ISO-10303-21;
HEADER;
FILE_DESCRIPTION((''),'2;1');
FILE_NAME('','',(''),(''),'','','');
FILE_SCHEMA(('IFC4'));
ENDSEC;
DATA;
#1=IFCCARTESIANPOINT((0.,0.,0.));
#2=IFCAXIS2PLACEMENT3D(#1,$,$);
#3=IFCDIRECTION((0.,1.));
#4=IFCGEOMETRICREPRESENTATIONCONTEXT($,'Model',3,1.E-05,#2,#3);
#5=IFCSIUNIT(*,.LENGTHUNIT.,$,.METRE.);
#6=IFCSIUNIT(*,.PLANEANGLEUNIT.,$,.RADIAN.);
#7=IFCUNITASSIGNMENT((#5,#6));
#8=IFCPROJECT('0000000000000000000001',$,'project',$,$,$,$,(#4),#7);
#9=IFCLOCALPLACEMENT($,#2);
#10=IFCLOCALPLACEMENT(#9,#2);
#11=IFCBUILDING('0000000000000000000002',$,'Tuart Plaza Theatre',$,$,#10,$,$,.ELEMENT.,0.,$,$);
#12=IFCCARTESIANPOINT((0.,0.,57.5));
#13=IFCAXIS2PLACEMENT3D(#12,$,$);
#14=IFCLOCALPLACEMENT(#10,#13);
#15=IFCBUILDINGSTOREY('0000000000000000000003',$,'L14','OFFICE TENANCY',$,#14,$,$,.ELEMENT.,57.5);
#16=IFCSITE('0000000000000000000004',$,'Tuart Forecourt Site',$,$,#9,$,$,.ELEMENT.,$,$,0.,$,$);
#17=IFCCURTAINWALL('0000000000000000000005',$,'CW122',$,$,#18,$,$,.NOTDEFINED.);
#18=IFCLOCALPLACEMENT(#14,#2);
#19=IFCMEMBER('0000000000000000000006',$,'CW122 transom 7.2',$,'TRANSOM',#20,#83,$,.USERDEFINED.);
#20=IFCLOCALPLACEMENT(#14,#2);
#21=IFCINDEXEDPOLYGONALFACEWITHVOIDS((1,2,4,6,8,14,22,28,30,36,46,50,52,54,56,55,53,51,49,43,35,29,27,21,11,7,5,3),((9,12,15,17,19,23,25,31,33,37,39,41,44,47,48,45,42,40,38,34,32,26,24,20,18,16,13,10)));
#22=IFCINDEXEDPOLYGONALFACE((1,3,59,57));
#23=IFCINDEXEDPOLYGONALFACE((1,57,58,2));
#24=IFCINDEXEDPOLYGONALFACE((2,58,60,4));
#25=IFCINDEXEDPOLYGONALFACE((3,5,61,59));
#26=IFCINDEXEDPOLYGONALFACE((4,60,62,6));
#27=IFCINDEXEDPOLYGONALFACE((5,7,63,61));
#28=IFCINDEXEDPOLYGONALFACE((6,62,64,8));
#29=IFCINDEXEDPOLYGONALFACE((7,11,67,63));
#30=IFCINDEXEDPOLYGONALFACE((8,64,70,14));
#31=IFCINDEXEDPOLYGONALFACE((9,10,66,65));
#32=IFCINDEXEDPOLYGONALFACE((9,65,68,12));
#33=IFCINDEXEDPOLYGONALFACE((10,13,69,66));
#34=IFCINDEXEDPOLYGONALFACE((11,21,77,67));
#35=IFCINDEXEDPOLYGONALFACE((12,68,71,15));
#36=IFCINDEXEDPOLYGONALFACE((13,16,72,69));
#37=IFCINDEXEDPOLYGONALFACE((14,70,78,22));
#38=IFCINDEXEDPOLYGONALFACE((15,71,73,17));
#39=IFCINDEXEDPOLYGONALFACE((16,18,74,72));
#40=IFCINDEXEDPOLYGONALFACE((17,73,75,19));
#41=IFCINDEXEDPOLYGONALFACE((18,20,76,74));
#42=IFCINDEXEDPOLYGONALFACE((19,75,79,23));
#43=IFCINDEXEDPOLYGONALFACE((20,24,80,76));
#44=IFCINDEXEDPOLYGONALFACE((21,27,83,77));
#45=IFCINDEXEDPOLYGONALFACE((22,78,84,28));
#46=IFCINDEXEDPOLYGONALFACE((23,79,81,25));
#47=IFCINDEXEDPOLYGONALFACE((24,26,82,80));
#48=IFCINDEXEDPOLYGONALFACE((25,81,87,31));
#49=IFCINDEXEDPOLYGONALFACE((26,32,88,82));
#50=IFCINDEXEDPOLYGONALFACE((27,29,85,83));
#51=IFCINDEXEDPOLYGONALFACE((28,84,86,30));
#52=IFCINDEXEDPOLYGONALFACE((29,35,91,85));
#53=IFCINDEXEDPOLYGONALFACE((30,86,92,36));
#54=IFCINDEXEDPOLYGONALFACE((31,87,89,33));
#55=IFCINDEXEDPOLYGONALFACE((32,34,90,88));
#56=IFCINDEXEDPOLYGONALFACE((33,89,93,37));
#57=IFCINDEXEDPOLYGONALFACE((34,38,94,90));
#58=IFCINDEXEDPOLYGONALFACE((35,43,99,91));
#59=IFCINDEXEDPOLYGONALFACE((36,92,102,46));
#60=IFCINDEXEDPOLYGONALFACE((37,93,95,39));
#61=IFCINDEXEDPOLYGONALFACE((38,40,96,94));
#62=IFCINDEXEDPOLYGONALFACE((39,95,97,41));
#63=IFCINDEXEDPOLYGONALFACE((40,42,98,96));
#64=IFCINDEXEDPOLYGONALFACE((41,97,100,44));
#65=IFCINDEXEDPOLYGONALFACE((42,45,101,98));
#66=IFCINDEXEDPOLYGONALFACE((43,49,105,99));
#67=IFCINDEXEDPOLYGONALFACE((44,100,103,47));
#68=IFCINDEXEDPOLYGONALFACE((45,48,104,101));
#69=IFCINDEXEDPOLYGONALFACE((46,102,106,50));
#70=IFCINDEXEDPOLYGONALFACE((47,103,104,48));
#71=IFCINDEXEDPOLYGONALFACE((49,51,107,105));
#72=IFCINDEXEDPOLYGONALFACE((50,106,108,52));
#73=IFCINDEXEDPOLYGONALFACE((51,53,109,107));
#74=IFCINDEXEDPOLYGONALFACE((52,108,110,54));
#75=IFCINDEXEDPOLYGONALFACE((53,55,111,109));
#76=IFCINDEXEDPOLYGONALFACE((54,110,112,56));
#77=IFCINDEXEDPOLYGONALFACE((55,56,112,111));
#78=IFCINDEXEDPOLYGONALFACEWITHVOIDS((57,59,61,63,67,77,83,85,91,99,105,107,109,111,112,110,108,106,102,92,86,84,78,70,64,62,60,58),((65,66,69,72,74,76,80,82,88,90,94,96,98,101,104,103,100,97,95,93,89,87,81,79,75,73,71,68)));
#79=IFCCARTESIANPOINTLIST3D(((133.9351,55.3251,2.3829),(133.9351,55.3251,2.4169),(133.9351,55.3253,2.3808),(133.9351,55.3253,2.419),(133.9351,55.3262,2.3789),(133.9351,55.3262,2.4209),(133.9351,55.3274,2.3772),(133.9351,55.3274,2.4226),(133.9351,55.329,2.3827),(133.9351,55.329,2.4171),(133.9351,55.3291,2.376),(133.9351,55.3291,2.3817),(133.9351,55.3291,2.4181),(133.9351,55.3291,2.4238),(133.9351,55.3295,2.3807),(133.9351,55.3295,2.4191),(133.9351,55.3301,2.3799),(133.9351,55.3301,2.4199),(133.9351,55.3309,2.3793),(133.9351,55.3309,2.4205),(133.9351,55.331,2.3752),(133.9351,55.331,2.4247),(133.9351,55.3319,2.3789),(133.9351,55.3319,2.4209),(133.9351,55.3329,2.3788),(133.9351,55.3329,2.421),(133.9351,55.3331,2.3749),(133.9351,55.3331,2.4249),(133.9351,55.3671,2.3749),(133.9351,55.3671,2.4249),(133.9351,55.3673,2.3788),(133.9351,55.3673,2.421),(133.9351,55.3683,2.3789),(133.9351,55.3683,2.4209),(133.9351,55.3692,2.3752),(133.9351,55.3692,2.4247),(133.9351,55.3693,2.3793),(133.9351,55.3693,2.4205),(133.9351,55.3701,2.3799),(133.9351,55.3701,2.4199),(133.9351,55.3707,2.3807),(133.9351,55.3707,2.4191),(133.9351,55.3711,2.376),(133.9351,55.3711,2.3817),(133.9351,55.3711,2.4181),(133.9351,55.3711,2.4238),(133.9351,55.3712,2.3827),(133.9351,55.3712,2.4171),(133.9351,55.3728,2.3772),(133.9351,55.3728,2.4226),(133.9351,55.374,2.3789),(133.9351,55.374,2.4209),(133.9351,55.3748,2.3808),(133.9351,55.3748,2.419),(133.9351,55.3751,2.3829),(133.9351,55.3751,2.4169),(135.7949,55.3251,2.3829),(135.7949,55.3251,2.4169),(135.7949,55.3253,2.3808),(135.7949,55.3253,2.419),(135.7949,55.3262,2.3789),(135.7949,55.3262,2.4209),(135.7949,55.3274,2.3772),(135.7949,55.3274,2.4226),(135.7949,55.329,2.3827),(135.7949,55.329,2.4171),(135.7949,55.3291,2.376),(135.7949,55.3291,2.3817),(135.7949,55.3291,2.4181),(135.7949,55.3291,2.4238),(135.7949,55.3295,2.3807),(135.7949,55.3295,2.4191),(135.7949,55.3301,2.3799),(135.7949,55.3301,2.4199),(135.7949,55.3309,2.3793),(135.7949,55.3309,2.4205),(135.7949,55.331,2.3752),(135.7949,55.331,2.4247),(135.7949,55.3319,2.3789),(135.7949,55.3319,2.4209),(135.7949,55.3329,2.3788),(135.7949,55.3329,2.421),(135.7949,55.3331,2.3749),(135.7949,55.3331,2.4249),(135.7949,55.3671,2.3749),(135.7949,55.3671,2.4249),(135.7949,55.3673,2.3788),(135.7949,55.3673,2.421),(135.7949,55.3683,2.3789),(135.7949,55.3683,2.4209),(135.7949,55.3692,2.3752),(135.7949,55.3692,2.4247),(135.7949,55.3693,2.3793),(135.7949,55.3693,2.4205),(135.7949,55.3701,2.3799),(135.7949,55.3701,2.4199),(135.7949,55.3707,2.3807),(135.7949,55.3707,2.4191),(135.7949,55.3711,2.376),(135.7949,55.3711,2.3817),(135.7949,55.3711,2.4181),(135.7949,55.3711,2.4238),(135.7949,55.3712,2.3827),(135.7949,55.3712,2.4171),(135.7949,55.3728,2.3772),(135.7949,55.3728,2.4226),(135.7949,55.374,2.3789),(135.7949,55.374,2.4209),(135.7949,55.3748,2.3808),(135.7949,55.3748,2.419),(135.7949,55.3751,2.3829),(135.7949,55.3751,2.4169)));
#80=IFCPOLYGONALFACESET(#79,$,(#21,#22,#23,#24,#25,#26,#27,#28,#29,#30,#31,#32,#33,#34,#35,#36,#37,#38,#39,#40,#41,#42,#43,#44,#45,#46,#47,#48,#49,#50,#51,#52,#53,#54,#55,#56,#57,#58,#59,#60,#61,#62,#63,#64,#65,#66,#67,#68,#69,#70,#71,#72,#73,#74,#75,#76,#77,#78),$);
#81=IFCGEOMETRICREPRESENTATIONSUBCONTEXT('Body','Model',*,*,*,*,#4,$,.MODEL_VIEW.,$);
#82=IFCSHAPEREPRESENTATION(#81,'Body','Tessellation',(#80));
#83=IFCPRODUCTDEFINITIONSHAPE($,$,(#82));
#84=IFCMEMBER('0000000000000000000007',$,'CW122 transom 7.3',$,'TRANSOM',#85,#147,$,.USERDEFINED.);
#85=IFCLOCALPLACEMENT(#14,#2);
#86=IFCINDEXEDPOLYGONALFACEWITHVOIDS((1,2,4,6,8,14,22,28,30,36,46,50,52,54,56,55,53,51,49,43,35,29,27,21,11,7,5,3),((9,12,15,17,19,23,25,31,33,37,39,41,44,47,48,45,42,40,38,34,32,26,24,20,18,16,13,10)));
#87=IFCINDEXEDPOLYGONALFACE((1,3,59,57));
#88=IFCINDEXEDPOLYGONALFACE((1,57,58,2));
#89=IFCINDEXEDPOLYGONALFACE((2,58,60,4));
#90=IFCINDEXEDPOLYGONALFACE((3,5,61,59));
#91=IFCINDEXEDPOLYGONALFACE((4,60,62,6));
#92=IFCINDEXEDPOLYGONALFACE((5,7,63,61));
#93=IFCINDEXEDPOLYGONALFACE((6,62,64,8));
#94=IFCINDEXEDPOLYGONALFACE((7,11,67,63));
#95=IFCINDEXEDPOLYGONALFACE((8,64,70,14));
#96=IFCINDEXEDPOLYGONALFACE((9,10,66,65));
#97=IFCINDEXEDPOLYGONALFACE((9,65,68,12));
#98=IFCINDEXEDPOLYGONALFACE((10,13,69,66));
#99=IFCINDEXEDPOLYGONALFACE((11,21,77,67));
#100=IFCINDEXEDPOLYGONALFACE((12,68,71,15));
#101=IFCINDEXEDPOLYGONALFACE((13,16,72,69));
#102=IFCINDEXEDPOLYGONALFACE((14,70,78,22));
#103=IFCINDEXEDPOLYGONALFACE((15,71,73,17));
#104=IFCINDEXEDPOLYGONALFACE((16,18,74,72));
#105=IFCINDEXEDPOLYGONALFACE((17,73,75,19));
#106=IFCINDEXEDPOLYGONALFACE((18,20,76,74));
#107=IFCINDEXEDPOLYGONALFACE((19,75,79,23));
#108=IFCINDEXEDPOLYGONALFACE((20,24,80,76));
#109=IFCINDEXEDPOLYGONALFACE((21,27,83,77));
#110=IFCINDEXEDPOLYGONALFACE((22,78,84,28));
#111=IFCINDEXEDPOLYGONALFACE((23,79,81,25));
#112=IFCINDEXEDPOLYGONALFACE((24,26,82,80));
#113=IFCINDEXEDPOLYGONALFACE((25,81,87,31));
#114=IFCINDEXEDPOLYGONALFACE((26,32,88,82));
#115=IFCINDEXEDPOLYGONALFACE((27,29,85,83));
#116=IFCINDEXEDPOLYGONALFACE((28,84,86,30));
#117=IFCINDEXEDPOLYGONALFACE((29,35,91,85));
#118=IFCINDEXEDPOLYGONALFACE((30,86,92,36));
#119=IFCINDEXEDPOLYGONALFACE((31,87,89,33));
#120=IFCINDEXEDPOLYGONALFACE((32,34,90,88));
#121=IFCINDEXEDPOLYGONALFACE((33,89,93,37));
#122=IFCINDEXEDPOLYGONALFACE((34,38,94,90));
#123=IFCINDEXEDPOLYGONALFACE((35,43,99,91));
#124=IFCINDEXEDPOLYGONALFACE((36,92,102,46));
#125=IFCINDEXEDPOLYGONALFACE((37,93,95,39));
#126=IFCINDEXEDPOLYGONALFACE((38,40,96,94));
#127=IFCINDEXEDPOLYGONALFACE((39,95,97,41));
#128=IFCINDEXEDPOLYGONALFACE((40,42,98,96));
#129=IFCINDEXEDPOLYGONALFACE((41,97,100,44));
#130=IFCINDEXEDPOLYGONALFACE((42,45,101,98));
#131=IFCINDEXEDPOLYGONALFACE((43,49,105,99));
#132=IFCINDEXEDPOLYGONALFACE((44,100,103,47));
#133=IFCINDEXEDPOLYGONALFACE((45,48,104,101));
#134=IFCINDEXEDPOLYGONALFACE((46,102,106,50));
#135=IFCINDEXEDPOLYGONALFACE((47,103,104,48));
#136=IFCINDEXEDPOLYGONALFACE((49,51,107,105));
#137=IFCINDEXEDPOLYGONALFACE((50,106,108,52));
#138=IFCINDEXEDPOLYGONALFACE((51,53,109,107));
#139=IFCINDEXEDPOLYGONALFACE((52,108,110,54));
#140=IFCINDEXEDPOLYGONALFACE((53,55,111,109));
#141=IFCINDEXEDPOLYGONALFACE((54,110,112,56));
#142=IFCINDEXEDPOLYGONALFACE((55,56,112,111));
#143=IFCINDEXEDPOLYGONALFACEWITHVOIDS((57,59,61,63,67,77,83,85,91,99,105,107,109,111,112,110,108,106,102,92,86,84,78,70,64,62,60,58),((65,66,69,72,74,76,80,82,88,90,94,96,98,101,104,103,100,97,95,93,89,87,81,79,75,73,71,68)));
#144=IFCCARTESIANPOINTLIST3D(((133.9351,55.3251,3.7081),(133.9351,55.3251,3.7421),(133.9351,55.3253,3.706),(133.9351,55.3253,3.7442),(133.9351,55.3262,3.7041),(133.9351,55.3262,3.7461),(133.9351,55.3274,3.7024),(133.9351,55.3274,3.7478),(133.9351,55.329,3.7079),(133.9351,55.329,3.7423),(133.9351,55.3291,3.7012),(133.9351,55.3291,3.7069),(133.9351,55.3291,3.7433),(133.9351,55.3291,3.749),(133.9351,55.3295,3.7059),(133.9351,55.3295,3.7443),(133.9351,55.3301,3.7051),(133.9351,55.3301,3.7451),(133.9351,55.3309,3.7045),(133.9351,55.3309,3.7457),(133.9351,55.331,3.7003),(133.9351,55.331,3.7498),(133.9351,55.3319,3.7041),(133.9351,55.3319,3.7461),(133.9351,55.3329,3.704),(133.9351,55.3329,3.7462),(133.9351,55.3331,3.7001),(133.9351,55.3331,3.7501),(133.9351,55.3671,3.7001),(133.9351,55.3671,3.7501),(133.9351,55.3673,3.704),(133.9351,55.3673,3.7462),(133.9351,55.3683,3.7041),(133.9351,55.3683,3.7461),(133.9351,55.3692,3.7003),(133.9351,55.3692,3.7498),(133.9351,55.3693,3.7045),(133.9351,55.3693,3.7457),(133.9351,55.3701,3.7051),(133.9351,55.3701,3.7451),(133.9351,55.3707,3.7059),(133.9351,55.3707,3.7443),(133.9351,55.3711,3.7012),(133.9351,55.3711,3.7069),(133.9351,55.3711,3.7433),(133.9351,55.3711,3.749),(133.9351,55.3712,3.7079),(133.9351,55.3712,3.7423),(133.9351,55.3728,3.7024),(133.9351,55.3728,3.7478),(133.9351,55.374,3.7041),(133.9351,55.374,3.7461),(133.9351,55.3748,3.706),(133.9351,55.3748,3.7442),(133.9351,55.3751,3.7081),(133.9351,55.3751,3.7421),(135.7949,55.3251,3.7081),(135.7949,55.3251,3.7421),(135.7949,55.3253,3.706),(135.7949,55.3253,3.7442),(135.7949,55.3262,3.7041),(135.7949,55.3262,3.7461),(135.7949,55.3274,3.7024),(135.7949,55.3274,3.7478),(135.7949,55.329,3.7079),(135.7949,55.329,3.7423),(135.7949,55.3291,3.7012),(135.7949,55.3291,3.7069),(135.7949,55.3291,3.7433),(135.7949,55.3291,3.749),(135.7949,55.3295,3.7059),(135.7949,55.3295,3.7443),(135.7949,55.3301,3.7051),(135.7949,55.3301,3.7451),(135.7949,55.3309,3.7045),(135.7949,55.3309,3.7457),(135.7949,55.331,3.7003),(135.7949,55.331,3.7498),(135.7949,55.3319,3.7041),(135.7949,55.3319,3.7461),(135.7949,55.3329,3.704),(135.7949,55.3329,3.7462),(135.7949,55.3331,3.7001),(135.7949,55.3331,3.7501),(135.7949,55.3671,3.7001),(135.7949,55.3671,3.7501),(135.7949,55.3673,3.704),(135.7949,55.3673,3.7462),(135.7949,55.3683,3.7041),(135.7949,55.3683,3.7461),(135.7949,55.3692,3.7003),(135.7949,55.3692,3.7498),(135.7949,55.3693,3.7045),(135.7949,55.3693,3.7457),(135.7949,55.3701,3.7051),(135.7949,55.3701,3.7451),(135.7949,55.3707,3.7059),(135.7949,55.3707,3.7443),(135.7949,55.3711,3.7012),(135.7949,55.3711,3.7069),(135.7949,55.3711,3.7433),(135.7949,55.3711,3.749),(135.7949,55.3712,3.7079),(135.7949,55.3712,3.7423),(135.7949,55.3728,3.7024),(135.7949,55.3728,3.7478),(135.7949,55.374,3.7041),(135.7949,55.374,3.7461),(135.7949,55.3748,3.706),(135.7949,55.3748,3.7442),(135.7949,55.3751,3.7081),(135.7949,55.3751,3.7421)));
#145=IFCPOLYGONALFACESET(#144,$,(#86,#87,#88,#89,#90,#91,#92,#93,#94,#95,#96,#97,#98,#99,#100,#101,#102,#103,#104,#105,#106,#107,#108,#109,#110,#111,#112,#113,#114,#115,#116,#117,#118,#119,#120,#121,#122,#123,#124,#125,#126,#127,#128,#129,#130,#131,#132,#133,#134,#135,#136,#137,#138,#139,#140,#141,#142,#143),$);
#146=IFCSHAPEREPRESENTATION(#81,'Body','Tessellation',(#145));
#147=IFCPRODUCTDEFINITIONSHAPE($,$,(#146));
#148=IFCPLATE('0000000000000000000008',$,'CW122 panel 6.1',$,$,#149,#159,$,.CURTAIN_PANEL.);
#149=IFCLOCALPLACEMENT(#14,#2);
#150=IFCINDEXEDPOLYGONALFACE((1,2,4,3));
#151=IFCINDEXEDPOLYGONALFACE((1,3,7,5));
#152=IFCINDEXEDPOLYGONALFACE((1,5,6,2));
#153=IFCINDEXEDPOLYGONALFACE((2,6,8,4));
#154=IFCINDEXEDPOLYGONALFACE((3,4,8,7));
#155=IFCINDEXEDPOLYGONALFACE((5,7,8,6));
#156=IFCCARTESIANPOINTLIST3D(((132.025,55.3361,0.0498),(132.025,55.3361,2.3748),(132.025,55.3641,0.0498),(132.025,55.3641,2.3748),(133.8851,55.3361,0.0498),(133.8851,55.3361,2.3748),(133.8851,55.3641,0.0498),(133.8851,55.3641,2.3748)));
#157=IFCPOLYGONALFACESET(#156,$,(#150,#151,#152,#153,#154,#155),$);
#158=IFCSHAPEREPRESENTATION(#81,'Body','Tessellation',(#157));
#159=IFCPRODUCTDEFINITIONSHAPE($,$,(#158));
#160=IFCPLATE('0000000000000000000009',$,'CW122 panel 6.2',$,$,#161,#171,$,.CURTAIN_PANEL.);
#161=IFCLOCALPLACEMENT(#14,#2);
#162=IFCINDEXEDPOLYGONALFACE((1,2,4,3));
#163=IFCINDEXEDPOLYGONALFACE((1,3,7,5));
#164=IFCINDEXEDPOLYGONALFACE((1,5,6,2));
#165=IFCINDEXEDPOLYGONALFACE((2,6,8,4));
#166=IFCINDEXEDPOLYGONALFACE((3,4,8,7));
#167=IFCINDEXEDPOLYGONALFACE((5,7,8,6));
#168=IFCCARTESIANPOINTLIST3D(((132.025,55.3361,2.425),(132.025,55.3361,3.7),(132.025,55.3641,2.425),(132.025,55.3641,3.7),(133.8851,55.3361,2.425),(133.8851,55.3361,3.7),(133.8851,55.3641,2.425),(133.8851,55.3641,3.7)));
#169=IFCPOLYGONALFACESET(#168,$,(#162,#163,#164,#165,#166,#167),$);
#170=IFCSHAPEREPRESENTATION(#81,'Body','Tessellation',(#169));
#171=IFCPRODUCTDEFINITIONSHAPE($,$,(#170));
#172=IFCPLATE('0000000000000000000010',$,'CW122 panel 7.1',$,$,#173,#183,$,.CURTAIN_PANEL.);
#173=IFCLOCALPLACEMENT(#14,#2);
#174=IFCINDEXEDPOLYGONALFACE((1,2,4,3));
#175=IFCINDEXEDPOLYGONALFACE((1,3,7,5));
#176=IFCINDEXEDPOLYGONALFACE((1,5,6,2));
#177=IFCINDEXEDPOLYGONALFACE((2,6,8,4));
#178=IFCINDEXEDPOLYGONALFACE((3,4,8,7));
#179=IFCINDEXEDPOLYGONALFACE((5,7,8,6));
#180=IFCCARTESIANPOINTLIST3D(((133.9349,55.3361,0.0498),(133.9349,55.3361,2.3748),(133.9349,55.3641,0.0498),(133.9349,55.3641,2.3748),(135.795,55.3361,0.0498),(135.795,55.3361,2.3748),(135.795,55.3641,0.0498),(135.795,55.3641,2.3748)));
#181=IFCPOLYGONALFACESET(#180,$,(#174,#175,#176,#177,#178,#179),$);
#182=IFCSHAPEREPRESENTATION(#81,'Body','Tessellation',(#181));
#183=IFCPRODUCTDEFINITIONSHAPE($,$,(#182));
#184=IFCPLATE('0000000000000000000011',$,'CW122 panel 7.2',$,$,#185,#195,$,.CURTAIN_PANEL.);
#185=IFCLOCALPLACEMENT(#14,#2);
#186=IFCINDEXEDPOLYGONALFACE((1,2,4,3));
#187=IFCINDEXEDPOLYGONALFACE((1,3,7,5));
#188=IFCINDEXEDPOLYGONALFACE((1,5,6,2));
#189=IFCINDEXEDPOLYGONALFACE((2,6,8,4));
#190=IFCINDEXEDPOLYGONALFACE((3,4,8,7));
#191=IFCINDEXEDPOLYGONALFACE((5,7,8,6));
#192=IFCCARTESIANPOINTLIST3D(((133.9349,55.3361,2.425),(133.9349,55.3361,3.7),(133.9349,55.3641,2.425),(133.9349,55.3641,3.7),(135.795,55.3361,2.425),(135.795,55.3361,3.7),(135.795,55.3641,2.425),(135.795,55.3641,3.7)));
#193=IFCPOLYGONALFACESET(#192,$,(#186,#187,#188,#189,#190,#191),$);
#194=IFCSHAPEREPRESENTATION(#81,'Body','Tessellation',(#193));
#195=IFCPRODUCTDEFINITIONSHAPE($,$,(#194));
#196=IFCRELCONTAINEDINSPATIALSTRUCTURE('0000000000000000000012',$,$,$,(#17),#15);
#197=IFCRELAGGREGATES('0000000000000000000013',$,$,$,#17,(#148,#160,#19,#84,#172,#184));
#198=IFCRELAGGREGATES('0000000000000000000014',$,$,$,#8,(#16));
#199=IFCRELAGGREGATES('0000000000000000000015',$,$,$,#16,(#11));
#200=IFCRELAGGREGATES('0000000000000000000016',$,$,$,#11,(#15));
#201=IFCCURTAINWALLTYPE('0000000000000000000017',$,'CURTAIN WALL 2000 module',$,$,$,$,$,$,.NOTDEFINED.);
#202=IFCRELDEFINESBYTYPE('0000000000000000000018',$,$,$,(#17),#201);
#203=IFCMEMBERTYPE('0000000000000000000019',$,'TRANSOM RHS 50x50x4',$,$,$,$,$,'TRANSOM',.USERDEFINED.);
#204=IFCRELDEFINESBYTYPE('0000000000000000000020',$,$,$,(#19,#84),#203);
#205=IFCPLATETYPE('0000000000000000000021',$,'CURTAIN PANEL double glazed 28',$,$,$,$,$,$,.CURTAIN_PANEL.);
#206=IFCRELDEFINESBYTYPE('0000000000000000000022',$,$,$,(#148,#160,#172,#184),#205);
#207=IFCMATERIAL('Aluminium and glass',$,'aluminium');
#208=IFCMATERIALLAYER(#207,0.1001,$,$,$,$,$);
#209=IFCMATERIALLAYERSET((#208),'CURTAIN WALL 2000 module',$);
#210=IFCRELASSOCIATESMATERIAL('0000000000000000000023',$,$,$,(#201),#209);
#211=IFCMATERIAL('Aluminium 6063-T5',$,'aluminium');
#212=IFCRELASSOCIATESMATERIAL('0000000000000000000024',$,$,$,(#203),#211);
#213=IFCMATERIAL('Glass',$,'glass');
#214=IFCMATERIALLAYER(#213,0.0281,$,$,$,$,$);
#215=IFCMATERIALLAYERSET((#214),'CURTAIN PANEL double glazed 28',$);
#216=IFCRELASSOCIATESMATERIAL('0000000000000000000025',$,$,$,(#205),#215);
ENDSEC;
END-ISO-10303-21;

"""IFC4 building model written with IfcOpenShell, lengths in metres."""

from ifc_helpers import new_model, si_unit, direction, frame, origin, origin_2d, place, context, subcontext, project, spatial, rectangle, hollow_rectangle, extrude, material, layer, layer_set, material_profile, profile_set, type_object, element, aggregate, save


model = new_model("IFC4")

# Units and contexts
model_context = context("Model", 3, precision=1e-05, world=origin(), true_north=direction((0.0, 1.0)))
body_context = subcontext(model_context, "Body", "Model", "MODEL_VIEW")
ifc_project = project(units=[si_unit("LENGTHUNIT", "METRE"), si_unit("PLANEANGLEUNIT", "RADIAN")], contexts=[model_context])

# Site, building, storey
site_placement = place(None, origin())
site = spatial("IfcSite", under=ifc_project, at=site_placement, Name="Tuart Forecourt Site", CompositionType="ELEMENT", RefElevation=0.0)
building_placement = place(site_placement, origin())
building = spatial("IfcBuilding", under=site, at=building_placement, Name="Tuart Plaza Theatre", CompositionType="ELEMENT", ElevationOfRefHeight=0.0)
storey_placement = place(building_placement, frame((0.0, 0.0, 57.5)))
storey = spatial("IfcBuildingStorey", under=building, at=storey_placement, Name="L14", Description="OFFICE TENANCY", CompositionType="ELEMENT", Elevation=57.5)

# Curtain wall, members, plates
ifc_material_1 = material(Name="Aluminium and glass", Category="aluminium")
ifc_layer_1 = layer(ifc_material_1, 0.1001)
ifc_layer_set_1 = layer_set([ifc_layer_1], Name="CURTAIN WALL 2000 module")
curtain_wall_type = type_object("IfcCurtainWallType", Name="CURTAIN WALL 2000 module", PredefinedType="NOTDEFINED", material=ifc_layer_set_1)
curtain_wall_placement = place(storey_placement, origin())
curtain_wall = element("IfcCurtainWall", 1, at=curtain_wall_placement, inside=storey, type_object=curtain_wall_type, Name="CW122", PredefinedType="NOTDEFINED")
ifc_material_2 = material(Name="Aluminium 6063-T5", Category="aluminium")
ifc_material_profile_1 = material_profile(ifc_material_2, hollow_rectangle(XDim=0.05, YDim=0.05, WallThickness=0.0039, InnerFilletRadius=0.0039, OuterFilletRadius=0.0081, at=origin_2d()), Name="RHS 50x50x4")
ifc_profile_set_1 = profile_set([ifc_material_profile_1], Name="Aluminium 6063-T5")
member_type_1 = type_object("IfcMemberType", Name="TRANSOM RHS 50x50x4", ElementType="TRANSOM", PredefinedType="USERDEFINED", material=ifc_profile_set_1)
member_1_placement = place(storey_placement, frame((133.9351, 55.3501, 2.3999), z_axis=(1.0, 0.0, 0.0), x_axis=(0.0, 1.0, 0.0)))
member_1 = element("IfcMember", 2, at=member_1_placement, type_object=member_type_1, Name="CW122 transom 7.2", ObjectType="TRANSOM", PredefinedType="USERDEFINED", context=body_context, shape_type="SweptSolid", body=[
    extrude(hollow_rectangle(XDim=0.05, YDim=0.05, WallThickness=0.0039, InnerFilletRadius=0.0039, OuterFilletRadius=0.0081, at=origin_2d()), origin(), (0.0, 0.0, 1.0), 1.8599),
])
member_2_placement = place(storey_placement, frame((133.9351, 55.3501, 3.7251), z_axis=(1.0, 0.0, 0.0), x_axis=(0.0, 1.0, 0.0)))
member_2 = element("IfcMember", 3, at=member_2_placement, type_object=member_type_1, Name="CW122 transom 7.3", ObjectType="TRANSOM", PredefinedType="USERDEFINED", context=body_context, shape_type="SweptSolid", body=[
    extrude(hollow_rectangle(XDim=0.05, YDim=0.05, WallThickness=0.0039, InnerFilletRadius=0.0039, OuterFilletRadius=0.0081, at=origin_2d()), origin(), (0.0, 0.0, 1.0), 1.8599),
])
ifc_material_3 = material(Name="Glass", Category="glass")
ifc_layer_2 = layer(ifc_material_3, 0.0281)
ifc_layer_set_2 = layer_set([ifc_layer_2], Name="CURTAIN PANEL double glazed 28")
plate_type = type_object("IfcPlateType", Name="CURTAIN PANEL double glazed 28", PredefinedType="CURTAIN_PANEL", material=ifc_layer_set_2)
plate_1_placement = place(storey_placement, frame((132.9551, 55.3501, 0.0498), z_axis=(0.0, 0.0, 1.0), x_axis=(1.0, 0.0, 0.0)))
plate_1 = element("IfcPlate", 4, at=plate_1_placement, type_object=plate_type, Name="CW122 panel 6.1", PredefinedType="CURTAIN_PANEL", context=body_context, shape_type="SweptSolid", body=[
    extrude(rectangle(XDim=1.8601, YDim=0.0281, at=origin_2d()), origin(), (0.0, 0.0, 1.0), 2.325),
])
plate_2_placement = place(storey_placement, frame((132.9551, 55.3501, 2.425), z_axis=(0.0, 0.0, 1.0), x_axis=(1.0, 0.0, 0.0)))
plate_2 = element("IfcPlate", 5, at=plate_2_placement, type_object=plate_type, Name="CW122 panel 6.2", PredefinedType="CURTAIN_PANEL", context=body_context, shape_type="SweptSolid", body=[
    extrude(rectangle(XDim=1.8601, YDim=0.0281, at=origin_2d()), origin(), (0.0, 0.0, 1.0), 1.2749),
])
plate_3_placement = place(storey_placement, frame((134.865, 55.3501, 0.0498), z_axis=(0.0, 0.0, 1.0), x_axis=(1.0, 0.0, 0.0)))
plate_3 = element("IfcPlate", 6, at=plate_3_placement, type_object=plate_type, Name="CW122 panel 7.1", PredefinedType="CURTAIN_PANEL", context=body_context, shape_type="SweptSolid", body=[
    extrude(rectangle(XDim=1.8601, YDim=0.0281, at=origin_2d()), origin(), (0.0, 0.0, 1.0), 2.325),
])
plate_4_placement = place(storey_placement, frame((134.865, 55.3501, 2.425), z_axis=(0.0, 0.0, 1.0), x_axis=(1.0, 0.0, 0.0)))
plate_4 = element("IfcPlate", 7, at=plate_4_placement, type_object=plate_type, Name="CW122 panel 7.2", PredefinedType="CURTAIN_PANEL", context=body_context, shape_type="SweptSolid", body=[
    extrude(rectangle(XDim=1.8601, YDim=0.0281, at=origin_2d()), origin(), (0.0, 0.0, 1.0), 1.2749),
])
aggregate(curtain_wall, [plate_1, plate_2, member_1, member_2, plate_3, plate_4])

save(model, "model.ifc")
